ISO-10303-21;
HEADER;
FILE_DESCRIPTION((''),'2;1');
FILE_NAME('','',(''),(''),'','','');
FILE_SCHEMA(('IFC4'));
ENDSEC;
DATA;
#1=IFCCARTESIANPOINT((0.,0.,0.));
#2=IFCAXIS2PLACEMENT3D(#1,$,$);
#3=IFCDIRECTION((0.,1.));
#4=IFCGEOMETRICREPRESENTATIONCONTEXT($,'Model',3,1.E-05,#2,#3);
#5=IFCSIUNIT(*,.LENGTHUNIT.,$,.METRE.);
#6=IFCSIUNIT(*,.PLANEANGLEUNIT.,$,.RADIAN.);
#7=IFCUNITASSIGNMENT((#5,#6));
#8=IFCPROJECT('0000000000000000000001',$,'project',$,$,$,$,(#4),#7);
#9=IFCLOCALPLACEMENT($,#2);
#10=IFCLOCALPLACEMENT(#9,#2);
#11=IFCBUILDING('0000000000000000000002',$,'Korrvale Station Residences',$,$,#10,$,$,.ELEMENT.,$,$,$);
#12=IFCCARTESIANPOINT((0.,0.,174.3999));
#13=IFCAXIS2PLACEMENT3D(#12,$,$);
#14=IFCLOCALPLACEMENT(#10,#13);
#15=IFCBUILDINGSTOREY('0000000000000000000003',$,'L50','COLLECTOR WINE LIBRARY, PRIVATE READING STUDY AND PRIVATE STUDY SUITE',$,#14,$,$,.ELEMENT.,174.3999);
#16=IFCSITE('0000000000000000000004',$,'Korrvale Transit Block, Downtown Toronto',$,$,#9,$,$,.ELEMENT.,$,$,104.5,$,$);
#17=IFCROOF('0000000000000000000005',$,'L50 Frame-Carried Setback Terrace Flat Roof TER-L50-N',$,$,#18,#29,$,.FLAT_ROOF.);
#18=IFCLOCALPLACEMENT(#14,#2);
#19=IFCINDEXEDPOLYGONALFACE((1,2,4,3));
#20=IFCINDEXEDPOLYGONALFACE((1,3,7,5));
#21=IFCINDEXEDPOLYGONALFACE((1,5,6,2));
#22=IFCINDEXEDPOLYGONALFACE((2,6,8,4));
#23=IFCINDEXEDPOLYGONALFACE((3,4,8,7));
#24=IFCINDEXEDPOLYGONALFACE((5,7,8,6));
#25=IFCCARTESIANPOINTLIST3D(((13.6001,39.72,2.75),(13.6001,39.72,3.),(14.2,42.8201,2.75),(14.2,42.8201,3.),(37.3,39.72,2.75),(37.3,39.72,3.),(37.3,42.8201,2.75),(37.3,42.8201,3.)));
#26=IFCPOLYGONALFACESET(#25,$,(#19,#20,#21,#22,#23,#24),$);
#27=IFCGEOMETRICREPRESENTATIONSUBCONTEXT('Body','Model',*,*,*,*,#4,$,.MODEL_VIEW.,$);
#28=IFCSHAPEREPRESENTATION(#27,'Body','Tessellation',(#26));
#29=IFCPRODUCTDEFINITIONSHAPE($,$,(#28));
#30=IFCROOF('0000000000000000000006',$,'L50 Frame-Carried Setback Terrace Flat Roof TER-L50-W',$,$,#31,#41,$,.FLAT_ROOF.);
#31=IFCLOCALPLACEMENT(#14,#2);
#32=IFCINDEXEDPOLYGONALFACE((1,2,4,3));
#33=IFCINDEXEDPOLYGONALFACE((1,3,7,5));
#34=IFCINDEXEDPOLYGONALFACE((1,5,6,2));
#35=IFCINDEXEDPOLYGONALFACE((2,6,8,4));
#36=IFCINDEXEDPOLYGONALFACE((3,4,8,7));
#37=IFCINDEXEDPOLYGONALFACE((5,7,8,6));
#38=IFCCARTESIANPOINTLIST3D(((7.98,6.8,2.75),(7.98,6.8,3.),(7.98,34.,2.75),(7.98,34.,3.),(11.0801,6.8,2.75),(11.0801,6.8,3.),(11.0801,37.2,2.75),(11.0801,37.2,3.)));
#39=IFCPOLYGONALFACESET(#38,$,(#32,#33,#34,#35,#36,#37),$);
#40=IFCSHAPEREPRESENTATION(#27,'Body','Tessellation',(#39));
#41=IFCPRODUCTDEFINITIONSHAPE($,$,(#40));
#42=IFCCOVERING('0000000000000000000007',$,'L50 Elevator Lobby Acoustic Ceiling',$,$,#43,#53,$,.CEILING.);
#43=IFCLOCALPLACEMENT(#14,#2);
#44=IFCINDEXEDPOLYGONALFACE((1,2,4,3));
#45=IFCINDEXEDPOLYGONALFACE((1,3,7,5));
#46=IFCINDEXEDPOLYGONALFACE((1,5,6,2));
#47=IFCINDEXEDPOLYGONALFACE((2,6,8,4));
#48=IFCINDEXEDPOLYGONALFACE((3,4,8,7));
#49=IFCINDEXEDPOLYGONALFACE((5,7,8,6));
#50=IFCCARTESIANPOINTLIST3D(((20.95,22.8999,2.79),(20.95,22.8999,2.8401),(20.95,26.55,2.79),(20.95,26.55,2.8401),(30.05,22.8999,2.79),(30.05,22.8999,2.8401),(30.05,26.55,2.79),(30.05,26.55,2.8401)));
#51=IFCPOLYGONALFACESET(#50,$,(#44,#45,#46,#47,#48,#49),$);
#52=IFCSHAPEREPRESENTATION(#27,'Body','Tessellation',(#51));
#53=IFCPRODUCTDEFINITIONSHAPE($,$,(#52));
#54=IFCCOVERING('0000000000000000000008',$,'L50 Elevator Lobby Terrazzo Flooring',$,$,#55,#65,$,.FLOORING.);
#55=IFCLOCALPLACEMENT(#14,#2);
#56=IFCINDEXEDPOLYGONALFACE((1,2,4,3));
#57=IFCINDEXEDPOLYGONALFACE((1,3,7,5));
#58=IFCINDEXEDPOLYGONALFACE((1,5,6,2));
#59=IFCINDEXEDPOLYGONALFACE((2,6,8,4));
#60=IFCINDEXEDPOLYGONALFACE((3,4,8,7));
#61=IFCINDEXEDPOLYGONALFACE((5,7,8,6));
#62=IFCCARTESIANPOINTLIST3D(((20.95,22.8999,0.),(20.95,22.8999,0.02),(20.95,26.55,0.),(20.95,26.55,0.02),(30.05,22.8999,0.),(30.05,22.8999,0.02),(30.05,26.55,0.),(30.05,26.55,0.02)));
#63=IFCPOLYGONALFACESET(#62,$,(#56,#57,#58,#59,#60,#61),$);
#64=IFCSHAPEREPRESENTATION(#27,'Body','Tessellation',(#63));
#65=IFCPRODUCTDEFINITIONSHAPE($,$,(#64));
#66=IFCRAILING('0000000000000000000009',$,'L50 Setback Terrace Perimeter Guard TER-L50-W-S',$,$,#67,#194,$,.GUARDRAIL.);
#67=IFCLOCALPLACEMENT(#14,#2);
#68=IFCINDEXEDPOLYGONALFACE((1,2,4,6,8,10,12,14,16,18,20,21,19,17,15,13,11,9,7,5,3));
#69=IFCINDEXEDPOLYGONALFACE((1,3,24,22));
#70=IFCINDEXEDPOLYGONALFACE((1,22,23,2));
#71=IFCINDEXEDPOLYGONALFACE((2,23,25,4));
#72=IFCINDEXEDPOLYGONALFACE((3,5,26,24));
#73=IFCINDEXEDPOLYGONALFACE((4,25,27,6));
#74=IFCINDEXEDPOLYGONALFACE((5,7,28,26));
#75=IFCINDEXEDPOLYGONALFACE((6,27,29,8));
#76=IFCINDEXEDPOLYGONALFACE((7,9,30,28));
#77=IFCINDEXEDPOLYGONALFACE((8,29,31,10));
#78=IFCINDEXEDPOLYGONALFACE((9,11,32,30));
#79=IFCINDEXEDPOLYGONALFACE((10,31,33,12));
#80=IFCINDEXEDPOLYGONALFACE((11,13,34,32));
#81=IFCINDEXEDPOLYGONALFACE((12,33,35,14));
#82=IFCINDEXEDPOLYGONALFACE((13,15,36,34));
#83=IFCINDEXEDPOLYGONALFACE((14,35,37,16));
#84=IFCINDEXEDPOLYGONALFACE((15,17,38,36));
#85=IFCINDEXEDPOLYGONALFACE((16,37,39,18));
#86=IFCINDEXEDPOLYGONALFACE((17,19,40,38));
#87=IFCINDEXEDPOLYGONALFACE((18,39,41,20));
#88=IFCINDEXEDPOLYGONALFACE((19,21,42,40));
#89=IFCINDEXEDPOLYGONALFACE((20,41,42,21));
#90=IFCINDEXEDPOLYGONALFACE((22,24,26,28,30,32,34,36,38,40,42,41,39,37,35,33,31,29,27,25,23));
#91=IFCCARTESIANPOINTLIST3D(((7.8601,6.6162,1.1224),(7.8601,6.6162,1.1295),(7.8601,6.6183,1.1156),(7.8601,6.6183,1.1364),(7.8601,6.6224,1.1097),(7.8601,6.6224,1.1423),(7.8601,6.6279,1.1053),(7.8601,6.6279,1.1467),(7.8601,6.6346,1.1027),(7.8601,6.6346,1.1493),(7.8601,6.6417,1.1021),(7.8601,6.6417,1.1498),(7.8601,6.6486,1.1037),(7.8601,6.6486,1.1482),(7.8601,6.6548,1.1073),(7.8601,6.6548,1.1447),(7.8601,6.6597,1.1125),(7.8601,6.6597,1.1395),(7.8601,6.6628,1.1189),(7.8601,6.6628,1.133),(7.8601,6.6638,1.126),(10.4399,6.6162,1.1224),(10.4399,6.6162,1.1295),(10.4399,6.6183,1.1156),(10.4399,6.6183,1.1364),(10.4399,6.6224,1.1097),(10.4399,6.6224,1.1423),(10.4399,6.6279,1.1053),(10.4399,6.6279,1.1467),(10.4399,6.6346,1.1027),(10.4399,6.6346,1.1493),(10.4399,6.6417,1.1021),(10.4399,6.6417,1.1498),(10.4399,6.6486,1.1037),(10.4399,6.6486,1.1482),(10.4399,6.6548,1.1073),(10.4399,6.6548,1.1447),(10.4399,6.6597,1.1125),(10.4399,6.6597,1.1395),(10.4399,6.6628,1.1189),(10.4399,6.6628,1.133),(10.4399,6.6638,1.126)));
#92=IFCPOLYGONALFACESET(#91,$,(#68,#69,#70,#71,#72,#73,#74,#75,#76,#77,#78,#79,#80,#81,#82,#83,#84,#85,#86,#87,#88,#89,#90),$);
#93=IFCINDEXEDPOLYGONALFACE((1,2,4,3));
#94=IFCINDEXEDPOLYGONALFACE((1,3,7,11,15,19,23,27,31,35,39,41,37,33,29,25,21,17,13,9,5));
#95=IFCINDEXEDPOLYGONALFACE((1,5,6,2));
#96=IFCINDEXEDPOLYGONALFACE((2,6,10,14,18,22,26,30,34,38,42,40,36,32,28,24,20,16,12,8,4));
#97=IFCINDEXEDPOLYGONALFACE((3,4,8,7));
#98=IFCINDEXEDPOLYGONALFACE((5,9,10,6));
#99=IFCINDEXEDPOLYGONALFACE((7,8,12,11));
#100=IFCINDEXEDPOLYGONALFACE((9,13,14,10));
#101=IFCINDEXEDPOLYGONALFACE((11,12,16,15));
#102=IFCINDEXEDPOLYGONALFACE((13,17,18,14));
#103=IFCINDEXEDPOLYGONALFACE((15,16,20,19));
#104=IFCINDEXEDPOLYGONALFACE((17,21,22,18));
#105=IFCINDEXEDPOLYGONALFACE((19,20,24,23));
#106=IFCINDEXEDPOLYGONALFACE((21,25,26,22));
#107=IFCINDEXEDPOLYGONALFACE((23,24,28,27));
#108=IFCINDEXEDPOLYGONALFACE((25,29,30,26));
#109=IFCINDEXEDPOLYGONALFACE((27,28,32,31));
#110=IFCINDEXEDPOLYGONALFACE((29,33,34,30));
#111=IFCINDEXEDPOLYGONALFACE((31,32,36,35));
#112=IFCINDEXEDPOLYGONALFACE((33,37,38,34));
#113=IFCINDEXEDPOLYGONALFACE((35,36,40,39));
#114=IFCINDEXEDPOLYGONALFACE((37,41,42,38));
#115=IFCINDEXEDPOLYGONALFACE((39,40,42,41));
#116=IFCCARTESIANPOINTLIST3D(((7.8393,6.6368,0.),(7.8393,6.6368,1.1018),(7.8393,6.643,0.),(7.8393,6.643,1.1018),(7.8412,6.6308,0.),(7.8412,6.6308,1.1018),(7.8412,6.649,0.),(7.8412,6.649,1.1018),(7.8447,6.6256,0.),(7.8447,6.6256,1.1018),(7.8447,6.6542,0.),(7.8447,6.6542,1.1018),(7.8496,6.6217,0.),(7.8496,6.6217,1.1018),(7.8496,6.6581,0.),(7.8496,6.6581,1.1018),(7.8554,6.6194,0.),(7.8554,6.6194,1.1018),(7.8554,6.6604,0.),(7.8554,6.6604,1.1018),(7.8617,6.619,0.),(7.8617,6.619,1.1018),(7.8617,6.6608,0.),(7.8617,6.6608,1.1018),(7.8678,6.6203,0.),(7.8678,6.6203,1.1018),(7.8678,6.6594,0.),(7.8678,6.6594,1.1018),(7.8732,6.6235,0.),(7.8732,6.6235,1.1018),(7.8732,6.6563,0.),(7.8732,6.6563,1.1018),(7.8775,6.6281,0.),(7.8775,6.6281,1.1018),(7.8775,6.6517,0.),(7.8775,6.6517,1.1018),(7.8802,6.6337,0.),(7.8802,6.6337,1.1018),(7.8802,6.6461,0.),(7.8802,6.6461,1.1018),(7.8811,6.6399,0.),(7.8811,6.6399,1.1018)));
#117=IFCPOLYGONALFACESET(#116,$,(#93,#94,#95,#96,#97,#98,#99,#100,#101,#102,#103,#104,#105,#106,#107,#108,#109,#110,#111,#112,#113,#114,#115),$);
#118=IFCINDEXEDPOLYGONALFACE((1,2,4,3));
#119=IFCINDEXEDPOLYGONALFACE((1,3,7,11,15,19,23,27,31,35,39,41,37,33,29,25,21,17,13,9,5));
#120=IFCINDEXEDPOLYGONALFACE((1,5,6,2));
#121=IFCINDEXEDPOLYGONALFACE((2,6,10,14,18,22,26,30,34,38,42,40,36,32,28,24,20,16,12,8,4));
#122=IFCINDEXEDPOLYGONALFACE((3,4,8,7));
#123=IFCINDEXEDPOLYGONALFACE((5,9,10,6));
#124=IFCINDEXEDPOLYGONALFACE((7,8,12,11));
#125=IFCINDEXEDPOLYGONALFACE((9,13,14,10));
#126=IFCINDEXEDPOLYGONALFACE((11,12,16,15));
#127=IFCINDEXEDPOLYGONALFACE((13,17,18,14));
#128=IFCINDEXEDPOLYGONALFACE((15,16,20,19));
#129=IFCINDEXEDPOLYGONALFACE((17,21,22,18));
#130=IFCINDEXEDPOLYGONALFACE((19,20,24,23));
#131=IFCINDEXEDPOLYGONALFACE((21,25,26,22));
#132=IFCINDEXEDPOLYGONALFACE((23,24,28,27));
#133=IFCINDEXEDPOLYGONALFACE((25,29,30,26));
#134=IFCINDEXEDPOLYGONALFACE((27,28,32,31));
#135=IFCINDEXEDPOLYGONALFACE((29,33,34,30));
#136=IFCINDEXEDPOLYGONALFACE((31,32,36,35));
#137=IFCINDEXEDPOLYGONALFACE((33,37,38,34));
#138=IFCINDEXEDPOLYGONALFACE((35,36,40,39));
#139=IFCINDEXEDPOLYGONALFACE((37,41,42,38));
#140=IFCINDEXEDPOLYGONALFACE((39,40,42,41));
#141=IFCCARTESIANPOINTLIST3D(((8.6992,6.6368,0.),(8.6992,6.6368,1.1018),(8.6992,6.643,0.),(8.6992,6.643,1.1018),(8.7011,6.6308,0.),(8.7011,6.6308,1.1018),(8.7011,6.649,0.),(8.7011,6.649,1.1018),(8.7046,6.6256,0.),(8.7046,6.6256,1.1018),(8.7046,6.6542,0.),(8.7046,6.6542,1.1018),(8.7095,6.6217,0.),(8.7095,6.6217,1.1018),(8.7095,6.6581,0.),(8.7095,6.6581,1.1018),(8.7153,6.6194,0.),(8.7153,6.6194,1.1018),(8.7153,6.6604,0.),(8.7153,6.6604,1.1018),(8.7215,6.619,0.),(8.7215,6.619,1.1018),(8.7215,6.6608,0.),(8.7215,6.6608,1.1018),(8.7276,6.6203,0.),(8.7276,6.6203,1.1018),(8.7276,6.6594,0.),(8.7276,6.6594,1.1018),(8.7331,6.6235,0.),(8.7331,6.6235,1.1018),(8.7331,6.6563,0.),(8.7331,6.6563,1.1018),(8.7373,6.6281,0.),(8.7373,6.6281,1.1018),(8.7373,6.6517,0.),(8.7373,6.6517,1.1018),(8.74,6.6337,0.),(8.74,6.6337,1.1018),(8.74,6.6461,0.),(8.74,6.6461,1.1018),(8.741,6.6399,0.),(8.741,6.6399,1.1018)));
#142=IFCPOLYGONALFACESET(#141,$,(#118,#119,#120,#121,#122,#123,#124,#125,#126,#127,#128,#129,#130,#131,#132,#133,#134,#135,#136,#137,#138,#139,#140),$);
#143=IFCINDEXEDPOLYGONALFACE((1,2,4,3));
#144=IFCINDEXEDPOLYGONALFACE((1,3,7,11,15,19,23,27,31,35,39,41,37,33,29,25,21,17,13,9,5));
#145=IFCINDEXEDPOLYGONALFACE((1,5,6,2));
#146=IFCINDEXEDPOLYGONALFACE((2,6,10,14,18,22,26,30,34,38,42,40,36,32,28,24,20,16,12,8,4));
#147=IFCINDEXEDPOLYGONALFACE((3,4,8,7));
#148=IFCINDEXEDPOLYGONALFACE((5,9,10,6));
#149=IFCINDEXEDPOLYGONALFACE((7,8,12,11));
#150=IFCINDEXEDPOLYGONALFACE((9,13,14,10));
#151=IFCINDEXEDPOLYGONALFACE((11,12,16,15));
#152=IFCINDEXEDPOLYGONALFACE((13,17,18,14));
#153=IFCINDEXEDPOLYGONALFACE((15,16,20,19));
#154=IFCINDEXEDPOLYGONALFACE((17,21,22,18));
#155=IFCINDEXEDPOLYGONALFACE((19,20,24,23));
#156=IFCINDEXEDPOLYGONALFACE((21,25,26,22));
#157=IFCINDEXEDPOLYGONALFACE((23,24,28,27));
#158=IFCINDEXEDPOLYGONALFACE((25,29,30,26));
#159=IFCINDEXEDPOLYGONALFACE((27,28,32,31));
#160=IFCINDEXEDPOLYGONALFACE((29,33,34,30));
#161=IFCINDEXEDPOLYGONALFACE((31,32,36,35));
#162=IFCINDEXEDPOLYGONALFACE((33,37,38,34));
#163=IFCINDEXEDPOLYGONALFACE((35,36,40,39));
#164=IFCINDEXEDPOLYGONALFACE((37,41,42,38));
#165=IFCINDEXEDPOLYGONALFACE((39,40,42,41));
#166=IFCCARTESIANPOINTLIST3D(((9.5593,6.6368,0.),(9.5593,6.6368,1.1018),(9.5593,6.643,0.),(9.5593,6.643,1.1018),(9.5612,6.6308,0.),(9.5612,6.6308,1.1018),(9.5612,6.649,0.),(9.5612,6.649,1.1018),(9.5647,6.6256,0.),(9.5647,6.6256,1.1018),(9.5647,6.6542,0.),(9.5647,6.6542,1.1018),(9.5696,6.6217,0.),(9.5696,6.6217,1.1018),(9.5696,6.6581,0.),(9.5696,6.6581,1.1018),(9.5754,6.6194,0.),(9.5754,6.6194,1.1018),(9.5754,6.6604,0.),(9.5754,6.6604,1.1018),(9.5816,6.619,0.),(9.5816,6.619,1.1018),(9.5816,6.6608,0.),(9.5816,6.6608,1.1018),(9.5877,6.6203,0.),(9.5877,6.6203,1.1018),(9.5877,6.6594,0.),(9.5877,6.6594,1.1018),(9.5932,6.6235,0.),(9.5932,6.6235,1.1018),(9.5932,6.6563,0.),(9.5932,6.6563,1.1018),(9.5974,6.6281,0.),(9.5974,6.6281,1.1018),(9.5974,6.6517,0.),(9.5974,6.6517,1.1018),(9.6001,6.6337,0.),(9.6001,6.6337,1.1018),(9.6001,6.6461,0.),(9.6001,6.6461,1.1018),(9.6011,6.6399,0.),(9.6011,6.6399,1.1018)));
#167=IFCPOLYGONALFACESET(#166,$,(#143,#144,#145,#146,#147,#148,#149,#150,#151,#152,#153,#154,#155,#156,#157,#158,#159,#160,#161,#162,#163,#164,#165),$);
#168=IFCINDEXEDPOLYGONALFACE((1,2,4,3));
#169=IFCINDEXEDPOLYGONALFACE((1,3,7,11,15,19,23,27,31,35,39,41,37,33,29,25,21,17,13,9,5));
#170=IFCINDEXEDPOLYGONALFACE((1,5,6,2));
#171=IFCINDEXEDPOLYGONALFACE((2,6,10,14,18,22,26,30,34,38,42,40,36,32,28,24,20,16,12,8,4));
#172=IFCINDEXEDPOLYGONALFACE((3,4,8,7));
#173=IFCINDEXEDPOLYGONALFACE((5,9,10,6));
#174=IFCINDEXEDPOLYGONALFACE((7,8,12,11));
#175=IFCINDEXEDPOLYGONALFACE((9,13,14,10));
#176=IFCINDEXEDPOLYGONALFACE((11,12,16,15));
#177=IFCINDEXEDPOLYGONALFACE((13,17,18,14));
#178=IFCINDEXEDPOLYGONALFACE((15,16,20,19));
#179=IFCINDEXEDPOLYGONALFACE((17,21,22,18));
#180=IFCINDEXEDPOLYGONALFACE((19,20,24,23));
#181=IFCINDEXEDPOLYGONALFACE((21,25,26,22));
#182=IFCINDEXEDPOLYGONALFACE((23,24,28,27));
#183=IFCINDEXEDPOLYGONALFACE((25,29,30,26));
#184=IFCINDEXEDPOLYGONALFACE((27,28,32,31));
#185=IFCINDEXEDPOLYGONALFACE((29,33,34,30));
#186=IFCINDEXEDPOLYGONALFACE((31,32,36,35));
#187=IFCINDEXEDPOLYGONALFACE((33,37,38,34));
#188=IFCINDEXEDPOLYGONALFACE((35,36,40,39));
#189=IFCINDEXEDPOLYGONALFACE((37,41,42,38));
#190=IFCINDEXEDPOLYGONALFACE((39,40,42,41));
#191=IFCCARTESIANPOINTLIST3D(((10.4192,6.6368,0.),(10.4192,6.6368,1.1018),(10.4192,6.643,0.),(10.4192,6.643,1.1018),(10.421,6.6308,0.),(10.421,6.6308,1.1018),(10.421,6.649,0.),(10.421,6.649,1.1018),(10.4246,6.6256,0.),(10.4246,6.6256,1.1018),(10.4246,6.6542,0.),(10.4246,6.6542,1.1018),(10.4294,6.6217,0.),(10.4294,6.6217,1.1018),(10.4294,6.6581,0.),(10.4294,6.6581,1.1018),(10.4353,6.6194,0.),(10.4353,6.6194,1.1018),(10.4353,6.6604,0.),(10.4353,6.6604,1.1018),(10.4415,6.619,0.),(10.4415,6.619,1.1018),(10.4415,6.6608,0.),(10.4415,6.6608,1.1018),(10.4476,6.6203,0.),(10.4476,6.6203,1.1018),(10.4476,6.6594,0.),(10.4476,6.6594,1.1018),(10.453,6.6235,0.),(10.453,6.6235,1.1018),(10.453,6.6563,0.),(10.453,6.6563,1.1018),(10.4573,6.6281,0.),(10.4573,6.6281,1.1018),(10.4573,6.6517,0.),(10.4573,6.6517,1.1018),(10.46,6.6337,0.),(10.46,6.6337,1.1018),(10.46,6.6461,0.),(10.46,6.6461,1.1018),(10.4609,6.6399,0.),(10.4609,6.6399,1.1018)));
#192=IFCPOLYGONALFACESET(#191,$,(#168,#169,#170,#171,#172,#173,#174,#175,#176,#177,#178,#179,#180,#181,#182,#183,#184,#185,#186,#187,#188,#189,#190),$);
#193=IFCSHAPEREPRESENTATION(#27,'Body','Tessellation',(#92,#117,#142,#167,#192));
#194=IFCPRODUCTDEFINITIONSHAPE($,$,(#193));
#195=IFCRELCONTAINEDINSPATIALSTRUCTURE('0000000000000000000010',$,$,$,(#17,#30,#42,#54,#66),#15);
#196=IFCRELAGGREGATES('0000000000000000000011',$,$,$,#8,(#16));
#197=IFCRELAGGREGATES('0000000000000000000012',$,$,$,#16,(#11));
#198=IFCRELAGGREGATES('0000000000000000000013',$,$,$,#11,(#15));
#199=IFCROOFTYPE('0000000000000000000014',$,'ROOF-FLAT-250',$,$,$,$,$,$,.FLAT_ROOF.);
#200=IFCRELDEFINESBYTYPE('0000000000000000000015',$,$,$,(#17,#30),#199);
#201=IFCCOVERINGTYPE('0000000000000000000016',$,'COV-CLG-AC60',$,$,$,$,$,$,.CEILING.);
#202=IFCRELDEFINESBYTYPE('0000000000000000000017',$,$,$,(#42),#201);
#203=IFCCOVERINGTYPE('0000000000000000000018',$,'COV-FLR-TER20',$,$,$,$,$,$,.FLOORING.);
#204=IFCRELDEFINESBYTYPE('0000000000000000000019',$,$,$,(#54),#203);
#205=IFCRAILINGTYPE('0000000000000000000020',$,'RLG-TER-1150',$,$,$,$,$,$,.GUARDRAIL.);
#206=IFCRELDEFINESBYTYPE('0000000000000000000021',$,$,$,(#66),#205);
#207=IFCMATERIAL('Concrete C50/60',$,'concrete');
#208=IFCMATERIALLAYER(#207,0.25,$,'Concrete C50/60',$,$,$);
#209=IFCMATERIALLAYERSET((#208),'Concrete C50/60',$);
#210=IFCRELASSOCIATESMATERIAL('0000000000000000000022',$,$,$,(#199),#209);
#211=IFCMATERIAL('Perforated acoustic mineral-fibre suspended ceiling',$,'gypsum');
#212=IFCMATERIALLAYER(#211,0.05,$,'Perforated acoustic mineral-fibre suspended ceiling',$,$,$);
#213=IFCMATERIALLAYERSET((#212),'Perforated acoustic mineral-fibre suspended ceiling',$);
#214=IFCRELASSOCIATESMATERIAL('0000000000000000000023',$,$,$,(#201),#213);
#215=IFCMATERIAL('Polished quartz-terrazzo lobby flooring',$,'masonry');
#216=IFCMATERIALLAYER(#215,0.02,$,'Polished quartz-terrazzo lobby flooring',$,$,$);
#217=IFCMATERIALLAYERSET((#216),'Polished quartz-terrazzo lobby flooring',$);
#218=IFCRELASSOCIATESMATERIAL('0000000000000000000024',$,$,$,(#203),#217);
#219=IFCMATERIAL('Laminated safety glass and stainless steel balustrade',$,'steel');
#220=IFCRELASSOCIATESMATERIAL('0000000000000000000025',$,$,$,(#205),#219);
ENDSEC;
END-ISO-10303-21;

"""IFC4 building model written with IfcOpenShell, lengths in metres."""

from ifc_helpers import new_model, si_unit, direction, frame, origin, origin_2d, place, context, subcontext, project, spatial, polyline, circle, outline, extrude, material, layer, layer_set, type_object, element, save


model = new_model("IFC4")

# Units and contexts
model_context = context("Model", 3, precision=1e-05, world=origin(), true_north=direction((0.0, 1.0)))
body_context = subcontext(model_context, "Body", "Model", "MODEL_VIEW")
ifc_project = project(units=[si_unit("LENGTHUNIT", "METRE"), si_unit("PLANEANGLEUNIT", "RADIAN")], contexts=[model_context])

# Site, building, storey
site_placement = place(None, origin())
site = spatial("IfcSite", under=ifc_project, at=site_placement, Name="Korrvale Transit Block, Downtown Toronto", CompositionType="ELEMENT", RefElevation=104.5)
building_placement = place(site_placement, origin())
building = spatial("IfcBuilding", under=site, at=building_placement, Name="Korrvale Station Residences", CompositionType="ELEMENT")
storey_placement = place(building_placement, frame((0.0, 0.0, 174.3999)))
storey = spatial("IfcBuildingStorey", under=building, at=storey_placement, Name="L50", Description="COLLECTOR WINE LIBRARY, PRIVATE READING STUDY AND PRIVATE STUDY SUITE", CompositionType="ELEMENT", Elevation=174.3999)

# Shared definitions
ifc_material_1 = material(Name="Concrete C50/60", Category="concrete")

# Roofs
ifc_layer_1 = layer(ifc_material_1, 0.25, Name="Concrete C50/60")
ifc_layer_set_1 = layer_set([ifc_layer_1], Name="Concrete C50/60")
roof_type = type_object("IfcRoofType", Name="ROOF-FLAT-250", PredefinedType="FLAT_ROOF", material=ifc_layer_set_1)
roof_1_placement = place(storey_placement, frame((0.0, 0.0, 2.75)))
element("IfcRoof", 1, at=roof_1_placement, inside=storey, type_object=roof_type, Name="L50 Frame-Carried Setback Terrace Flat Roof TER-L50-N", PredefinedType="FLAT_ROOF", context=body_context, shape_type="SweptSolid", body=[
    extrude(outline(polyline([(14.2, 42.8201), (37.3, 42.8201), (37.3, 39.72), (13.6001, 39.72), (14.2, 42.8201)])), origin(), (0.0, 0.0, 1.0), 0.25),
])
roof_2_placement = place(storey_placement, frame((0.0, 0.0, 2.75)))
element("IfcRoof", 2, at=roof_2_placement, inside=storey, type_object=roof_type, Name="L50 Frame-Carried Setback Terrace Flat Roof TER-L50-W", PredefinedType="FLAT_ROOF", context=body_context, shape_type="SweptSolid", body=[
    extrude(outline(polyline([(7.98, 6.8), (7.98, 34.0), (11.0801, 37.2), (11.0801, 6.8), (7.98, 6.8)])), origin(), (0.0, 0.0, 1.0), 0.25),
])

# Coverings
ifc_material_2 = material(Name="Perforated acoustic mineral-fibre suspended ceiling", Category="gypsum")
ifc_layer_2 = layer(ifc_material_2, 0.05, Name="Perforated acoustic mineral-fibre suspended ceiling")
ifc_layer_set_2 = layer_set([ifc_layer_2], Name="Perforated acoustic mineral-fibre suspended ceiling")
covering_type_1 = type_object("IfcCoveringType", Name="COV-CLG-AC60", PredefinedType="CEILING", material=ifc_layer_set_2)
covering_1_placement = place(storey_placement, frame((0.0, 0.0, 2.79)))
element("IfcCovering", 3, at=covering_1_placement, inside=storey, type_object=covering_type_1, Name="L50 Elevator Lobby Acoustic Ceiling", PredefinedType="CEILING", context=body_context, shape_type="SweptSolid", body=[
    extrude(outline(polyline([(20.95, 22.8999), (30.05, 22.8999), (30.05, 26.55), (20.95, 26.55), (20.95, 22.8999)])), origin(), (0.0, 0.0, 1.0), 0.05),
])
ifc_material_3 = material(Name="Polished quartz-terrazzo lobby flooring", Category="masonry")
ifc_layer_3 = layer(ifc_material_3, 0.02, Name="Polished quartz-terrazzo lobby flooring")
ifc_layer_set_3 = layer_set([ifc_layer_3], Name="Polished quartz-terrazzo lobby flooring")
covering_type_2 = type_object("IfcCoveringType", Name="COV-FLR-TER20", PredefinedType="FLOORING", material=ifc_layer_set_3)
covering_2_placement = place(storey_placement, origin())
element("IfcCovering", 4, at=covering_2_placement, inside=storey, type_object=covering_type_2, Name="L50 Elevator Lobby Terrazzo Flooring", PredefinedType="FLOORING", context=body_context, shape_type="SweptSolid", body=[
    extrude(outline(polyline([(20.95, 22.8999), (30.05, 22.8999), (30.05, 26.55), (20.95, 26.55), (20.95, 22.8999)])), origin(), (0.0, 0.0, 1.0), 0.02),
])

# Railing
ifc_material_4 = material(Name="Laminated safety glass and stainless steel balustrade", Category="steel")
railing_type = type_object("IfcRailingType", Name="RLG-TER-1150", PredefinedType="GUARDRAIL", material=ifc_material_4)
railing_1_placement = place(storey_placement, frame((7.8601, 6.6399, 0.0)))
element("IfcRailing", 5, at=railing_1_placement, inside=storey, type_object=railing_type, Name="L50 Setback Terrace Perimeter Guard TER-L50-W-S", PredefinedType="GUARDRAIL", context=body_context, shape_type="SweptSolid", body=[
    extrude(circle(Radius=0.0239, at=origin_2d()), frame((0.0, 0.0, 1.126), z_axis=(1.0, 0.0, 0.0), x_axis=(0.0, 1.0, 0.0)), (0.0, 0.0, 1.0), 2.5798),
    extrude(circle(Radius=0.021, at=origin_2d()), origin(), (0.0, 0.0, 1.0), 1.1018),
    extrude(circle(Radius=0.021, at=origin_2d()), frame((0.8599, 0.0, 0.0)), (0.0, 0.0, 1.0), 1.1018),
    extrude(circle(Radius=0.021, at=origin_2d()), frame((1.72, 0.0, 0.0)), (0.0, 0.0, 1.0), 1.1018),
    extrude(circle(Radius=0.021, at=origin_2d()), frame((2.5798, 0.0, 0.0)), (0.0, 0.0, 1.0), 1.1018),
])

save(model, "model.ifc")
